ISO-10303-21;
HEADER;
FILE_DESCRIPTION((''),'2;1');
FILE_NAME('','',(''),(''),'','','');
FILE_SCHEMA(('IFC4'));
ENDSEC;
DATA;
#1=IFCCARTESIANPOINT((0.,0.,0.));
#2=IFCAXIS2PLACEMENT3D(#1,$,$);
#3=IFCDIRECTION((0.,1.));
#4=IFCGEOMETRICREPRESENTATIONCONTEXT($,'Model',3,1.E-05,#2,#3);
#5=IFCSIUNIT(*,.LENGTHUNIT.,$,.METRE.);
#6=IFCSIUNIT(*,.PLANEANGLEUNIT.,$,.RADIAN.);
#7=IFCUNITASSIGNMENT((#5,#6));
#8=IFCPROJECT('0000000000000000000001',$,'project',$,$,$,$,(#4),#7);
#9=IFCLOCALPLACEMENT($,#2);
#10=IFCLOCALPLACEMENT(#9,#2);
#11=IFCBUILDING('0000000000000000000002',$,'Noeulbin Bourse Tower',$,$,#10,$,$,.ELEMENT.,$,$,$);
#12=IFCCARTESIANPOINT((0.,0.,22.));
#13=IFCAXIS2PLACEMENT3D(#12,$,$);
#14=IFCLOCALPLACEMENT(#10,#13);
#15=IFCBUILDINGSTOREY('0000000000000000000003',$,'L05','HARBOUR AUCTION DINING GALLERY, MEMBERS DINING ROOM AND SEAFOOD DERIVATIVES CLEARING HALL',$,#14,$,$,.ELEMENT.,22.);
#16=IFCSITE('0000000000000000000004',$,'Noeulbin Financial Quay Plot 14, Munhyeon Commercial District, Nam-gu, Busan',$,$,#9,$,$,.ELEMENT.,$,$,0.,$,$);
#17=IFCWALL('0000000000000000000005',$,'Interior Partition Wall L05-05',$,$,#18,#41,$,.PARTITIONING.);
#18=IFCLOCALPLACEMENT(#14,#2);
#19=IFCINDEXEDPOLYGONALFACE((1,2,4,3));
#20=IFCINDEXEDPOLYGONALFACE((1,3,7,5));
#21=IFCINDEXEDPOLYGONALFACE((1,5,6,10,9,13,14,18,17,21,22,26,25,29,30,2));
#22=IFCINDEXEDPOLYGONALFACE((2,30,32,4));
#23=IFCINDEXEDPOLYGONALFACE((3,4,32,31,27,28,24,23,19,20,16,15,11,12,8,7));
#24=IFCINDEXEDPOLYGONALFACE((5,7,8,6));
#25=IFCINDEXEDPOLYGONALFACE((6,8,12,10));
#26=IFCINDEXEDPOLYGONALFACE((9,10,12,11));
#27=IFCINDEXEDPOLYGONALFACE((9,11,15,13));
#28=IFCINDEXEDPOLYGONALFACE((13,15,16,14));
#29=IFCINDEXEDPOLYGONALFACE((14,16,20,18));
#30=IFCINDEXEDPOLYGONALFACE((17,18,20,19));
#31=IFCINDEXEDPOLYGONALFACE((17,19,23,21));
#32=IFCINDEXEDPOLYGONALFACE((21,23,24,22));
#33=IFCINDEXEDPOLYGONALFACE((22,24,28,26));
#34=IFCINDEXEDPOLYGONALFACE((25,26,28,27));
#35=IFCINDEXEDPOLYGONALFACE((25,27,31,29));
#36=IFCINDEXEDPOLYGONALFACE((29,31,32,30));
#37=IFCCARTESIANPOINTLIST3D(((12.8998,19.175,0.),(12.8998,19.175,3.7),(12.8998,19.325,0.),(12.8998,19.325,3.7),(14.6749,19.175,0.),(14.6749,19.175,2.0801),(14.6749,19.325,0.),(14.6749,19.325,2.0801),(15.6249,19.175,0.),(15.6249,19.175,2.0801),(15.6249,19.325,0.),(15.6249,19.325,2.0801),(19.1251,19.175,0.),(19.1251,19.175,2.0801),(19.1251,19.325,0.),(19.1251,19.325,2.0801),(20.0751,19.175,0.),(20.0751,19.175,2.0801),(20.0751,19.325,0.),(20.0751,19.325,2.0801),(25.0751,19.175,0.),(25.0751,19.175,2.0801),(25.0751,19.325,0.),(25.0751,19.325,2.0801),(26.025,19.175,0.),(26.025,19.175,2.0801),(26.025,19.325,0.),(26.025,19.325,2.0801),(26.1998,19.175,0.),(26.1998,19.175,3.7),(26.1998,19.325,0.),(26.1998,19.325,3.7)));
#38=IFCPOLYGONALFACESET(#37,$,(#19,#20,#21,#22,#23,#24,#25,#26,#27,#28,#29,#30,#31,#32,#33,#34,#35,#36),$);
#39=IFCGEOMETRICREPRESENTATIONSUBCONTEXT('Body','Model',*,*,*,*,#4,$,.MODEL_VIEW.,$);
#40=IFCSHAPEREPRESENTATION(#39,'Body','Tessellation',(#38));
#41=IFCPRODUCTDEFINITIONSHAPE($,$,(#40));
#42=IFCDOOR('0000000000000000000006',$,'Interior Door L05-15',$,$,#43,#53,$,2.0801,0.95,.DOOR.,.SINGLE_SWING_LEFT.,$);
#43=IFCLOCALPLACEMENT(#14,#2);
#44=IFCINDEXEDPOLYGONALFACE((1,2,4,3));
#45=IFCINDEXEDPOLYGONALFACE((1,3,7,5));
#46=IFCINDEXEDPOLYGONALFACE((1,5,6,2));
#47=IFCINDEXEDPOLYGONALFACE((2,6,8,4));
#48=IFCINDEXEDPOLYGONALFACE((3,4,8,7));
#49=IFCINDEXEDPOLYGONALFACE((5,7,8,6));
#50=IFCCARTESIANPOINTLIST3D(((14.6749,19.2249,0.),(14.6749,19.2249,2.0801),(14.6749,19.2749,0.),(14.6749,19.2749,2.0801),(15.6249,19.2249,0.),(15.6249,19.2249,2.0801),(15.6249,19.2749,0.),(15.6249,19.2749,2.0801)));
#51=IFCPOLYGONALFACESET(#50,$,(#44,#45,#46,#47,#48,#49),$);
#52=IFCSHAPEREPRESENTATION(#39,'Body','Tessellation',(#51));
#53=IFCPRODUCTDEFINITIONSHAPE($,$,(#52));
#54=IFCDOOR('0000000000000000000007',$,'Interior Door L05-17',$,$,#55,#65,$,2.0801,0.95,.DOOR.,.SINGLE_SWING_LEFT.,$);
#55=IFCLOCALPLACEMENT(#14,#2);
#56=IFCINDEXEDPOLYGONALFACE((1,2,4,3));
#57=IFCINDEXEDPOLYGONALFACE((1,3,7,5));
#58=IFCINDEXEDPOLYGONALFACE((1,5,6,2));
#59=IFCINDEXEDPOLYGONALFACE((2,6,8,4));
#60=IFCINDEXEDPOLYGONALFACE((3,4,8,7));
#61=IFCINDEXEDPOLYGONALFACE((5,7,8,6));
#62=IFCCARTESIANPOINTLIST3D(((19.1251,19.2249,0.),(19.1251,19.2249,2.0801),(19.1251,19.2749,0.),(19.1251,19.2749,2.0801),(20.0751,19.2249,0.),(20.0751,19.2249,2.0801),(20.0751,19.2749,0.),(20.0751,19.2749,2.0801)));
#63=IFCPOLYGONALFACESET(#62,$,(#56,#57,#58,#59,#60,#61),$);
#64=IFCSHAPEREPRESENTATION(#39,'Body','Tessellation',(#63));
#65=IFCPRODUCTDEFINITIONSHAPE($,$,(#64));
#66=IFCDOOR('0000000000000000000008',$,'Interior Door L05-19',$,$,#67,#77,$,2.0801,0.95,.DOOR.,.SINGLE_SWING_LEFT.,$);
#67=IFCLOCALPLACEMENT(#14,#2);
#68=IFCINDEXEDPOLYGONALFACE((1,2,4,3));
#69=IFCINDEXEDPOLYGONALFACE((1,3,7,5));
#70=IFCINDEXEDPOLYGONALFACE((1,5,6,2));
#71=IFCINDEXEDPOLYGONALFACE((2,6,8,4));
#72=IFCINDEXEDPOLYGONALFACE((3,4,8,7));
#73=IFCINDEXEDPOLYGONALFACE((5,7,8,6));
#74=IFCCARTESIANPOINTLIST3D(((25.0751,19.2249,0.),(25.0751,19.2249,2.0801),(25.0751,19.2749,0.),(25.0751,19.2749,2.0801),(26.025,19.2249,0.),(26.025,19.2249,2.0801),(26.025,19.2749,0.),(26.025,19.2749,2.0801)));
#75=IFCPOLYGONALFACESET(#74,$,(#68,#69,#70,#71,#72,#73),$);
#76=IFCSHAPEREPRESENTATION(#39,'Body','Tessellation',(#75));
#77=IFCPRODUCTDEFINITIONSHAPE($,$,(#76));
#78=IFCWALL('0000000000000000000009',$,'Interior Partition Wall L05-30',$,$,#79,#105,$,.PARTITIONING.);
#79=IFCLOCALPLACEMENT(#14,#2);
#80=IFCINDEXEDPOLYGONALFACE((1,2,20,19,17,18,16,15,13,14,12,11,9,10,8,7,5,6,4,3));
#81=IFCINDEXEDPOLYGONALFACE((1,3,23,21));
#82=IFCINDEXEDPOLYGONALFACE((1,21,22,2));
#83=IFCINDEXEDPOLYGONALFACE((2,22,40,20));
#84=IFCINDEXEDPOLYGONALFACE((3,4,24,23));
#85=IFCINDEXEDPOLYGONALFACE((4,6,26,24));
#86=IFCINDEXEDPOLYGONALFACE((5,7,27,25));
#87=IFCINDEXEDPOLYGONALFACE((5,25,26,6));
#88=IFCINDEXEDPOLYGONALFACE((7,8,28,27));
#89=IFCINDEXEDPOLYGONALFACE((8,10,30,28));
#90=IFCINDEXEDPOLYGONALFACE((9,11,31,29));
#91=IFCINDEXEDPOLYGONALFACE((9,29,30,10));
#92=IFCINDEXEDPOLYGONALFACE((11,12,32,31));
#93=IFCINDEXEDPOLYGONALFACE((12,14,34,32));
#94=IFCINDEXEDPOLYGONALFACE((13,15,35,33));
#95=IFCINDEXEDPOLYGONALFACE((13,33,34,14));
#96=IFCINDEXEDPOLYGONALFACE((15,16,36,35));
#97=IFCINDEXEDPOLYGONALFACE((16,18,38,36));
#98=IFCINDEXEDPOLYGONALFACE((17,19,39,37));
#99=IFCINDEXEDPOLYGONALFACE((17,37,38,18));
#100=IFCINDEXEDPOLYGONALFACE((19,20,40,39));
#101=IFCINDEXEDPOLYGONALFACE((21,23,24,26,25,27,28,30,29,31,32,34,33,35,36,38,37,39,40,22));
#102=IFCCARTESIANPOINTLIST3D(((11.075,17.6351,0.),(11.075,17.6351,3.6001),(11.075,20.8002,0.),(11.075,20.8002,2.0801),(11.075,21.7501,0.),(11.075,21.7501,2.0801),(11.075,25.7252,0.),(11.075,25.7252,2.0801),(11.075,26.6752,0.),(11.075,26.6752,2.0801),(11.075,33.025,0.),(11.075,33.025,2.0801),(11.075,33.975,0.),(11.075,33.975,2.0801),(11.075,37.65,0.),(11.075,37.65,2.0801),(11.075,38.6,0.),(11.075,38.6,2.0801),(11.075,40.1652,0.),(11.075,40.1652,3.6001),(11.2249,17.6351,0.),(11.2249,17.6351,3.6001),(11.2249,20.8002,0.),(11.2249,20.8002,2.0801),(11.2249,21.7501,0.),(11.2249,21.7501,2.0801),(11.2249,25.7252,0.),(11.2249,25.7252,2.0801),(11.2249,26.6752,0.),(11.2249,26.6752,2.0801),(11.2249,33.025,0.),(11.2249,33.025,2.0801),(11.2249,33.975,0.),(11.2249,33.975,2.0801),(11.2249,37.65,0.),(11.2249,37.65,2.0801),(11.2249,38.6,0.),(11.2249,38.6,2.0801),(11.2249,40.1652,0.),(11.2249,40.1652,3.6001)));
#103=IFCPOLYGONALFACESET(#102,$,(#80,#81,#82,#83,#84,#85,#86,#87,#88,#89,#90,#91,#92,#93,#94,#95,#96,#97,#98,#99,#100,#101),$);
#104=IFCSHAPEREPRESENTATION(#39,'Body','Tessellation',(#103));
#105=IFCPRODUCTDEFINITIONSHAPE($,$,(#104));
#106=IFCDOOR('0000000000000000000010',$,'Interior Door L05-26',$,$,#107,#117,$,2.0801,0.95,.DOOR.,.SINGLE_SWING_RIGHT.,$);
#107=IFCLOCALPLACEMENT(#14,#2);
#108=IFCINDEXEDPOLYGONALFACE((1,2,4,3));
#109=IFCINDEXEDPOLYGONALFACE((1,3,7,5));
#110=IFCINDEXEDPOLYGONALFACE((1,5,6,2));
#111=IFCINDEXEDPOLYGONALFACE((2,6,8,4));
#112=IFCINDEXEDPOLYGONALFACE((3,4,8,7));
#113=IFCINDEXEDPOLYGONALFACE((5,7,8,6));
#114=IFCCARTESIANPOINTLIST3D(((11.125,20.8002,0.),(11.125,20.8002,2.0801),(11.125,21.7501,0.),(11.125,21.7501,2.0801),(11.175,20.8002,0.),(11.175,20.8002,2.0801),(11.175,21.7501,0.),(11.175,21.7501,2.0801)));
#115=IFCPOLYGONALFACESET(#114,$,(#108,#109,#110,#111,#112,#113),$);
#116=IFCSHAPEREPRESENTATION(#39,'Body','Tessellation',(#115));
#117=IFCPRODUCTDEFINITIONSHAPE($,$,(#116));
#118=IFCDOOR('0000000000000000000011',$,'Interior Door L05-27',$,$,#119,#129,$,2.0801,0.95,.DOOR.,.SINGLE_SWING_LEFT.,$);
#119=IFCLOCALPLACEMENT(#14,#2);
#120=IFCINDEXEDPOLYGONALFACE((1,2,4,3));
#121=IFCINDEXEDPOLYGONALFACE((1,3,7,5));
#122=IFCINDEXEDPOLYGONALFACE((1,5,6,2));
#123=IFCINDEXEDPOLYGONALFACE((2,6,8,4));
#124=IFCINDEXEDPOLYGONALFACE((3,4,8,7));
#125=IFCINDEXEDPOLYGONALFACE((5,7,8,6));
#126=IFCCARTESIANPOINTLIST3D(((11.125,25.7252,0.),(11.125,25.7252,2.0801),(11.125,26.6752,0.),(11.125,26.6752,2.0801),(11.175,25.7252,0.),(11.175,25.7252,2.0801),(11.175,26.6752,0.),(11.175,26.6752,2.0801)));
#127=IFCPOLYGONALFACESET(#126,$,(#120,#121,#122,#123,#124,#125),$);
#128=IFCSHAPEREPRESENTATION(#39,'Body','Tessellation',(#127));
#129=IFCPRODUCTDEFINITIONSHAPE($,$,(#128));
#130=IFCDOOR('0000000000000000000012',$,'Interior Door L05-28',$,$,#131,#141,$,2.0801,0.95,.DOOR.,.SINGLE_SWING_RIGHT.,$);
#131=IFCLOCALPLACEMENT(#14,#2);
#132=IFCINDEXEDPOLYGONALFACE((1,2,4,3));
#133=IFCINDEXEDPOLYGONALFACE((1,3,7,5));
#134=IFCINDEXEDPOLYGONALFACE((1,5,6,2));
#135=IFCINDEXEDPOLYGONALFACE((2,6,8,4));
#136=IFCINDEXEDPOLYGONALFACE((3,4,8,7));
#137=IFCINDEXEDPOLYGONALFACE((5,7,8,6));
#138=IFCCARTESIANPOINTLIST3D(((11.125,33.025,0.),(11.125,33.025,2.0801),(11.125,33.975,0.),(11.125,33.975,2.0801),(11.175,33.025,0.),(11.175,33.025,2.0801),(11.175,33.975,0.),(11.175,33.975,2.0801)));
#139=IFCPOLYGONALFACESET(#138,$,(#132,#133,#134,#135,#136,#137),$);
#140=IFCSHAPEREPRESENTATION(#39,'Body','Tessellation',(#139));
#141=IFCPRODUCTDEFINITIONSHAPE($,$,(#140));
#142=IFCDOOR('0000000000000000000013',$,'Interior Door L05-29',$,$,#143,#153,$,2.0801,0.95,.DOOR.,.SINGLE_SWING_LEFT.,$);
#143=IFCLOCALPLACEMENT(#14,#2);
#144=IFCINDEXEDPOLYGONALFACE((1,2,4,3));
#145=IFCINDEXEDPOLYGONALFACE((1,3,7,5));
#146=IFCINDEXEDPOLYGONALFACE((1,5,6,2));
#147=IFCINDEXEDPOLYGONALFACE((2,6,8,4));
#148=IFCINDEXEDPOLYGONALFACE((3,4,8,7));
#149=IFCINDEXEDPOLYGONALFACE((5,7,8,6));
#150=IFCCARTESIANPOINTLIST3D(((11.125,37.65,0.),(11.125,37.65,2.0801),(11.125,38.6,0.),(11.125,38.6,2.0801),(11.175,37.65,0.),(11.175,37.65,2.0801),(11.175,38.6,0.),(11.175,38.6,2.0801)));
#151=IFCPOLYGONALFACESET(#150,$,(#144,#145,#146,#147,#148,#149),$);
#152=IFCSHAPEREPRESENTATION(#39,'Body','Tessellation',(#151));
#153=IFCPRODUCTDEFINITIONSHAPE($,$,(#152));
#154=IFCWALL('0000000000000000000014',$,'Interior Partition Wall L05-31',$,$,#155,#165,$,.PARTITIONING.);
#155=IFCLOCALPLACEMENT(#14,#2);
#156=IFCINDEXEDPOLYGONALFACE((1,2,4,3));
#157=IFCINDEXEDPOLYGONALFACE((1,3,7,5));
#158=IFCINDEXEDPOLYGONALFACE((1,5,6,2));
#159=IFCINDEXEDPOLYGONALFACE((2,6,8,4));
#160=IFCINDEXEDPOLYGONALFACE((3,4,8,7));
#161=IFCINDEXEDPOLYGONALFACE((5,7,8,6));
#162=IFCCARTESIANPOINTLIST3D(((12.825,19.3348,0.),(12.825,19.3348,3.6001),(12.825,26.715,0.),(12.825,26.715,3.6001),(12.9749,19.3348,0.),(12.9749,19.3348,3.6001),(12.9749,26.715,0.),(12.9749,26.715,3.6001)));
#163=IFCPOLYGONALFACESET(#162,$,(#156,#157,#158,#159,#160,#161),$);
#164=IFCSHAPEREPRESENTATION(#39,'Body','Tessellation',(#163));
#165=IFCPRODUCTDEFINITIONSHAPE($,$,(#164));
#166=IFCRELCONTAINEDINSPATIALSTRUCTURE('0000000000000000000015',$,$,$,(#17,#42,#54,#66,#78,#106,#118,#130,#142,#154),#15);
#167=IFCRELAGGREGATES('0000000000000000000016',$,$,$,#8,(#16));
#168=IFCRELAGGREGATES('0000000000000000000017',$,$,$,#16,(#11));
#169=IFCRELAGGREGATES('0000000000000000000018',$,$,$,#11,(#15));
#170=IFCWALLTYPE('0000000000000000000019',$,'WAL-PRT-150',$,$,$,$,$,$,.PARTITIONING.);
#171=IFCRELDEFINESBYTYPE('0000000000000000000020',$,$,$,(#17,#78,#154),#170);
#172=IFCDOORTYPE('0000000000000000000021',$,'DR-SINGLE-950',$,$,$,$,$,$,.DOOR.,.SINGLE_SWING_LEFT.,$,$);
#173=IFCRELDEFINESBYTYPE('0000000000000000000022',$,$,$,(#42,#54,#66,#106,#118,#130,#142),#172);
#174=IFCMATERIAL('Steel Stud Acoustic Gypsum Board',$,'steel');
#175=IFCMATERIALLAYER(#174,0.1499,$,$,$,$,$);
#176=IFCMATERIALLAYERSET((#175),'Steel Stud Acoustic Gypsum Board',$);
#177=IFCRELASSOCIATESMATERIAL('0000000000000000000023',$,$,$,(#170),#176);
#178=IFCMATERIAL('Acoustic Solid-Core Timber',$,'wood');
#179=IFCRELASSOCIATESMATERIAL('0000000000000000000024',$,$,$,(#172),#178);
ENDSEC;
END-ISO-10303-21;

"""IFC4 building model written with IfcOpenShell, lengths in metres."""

from ifc_helpers import new_model, si_unit, direction, frame, frame_2d, origin, place, context, subcontext, project, spatial, rectangle, extrude, material, layer, layer_set, type_object, element, fill, save


model = new_model("IFC4")

# Units and contexts
model_context = context("Model", 3, precision=1e-05, world=origin(), true_north=direction((0.0, 1.0)))
body_context = subcontext(model_context, "Body", "Model", "MODEL_VIEW")
ifc_project = project(units=[si_unit("LENGTHUNIT", "METRE"), si_unit("PLANEANGLEUNIT", "RADIAN")], contexts=[model_context])

# Site, building, storey
site_placement = place(None, origin())
site = spatial("IfcSite", under=ifc_project, at=site_placement, Name="Noeulbin Financial Quay Plot 14, Munhyeon Commercial District, Nam-gu, Busan", CompositionType="ELEMENT", RefElevation=0.0)
building_placement = place(site_placement, origin())
building = spatial("IfcBuilding", under=site, at=building_placement, Name="Noeulbin Bourse Tower", CompositionType="ELEMENT")
storey_placement = place(building_placement, frame((0.0, 0.0, 22.0)))
storey = spatial("IfcBuildingStorey", under=building, at=storey_placement, Name="L05", Description="HARBOUR AUCTION DINING GALLERY, MEMBERS DINING ROOM AND SEAFOOD DERIVATIVES CLEARING HALL", CompositionType="ELEMENT", Elevation=22.0)

# Walls, openings, doors
ifc_material_1 = material(Name="Steel Stud Acoustic Gypsum Board", Category="steel")
ifc_layer_1 = layer(ifc_material_1, 0.1499)
ifc_layer_set_1 = layer_set([ifc_layer_1], Name="Steel Stud Acoustic Gypsum Board")
wall_type_1 = type_object("IfcWallType", Name="WAL-PRT-150", PredefinedType="PARTITIONING", material=ifc_layer_set_1)
ifc_material_2 = material(Name="Acoustic Solid-Core Timber", Category="wood")
door_type = type_object("IfcDoorType", Name="DR-SINGLE-950", OperationType="SINGLE_SWING_LEFT", PredefinedType="DOOR", material=ifc_material_2)
wall_1_placement = place(storey_placement, frame((12.8999, 19.25, 0.0), z_axis=(0.0, 0.0, 1.0), x_axis=(1.0, 0.0, 0.0)))
wall_1 = element("IfcWall", 1, at=wall_1_placement, inside=storey, type_object=wall_type_1, Name="Interior Partition Wall L05-05", PredefinedType="PARTITIONING", context=body_context, shape_type="SweptSolid", body=[
    extrude(rectangle(XDim=13.3, YDim=0.1499, at=frame_2d((6.6499, 0.0))), origin(), (0.0, 0.0, 1.0), 3.7),
])
opening_1_placement = place(wall_1_placement, frame((1.7749, 0.0, 0.0)))
opening_1 = element("IfcOpeningElement", 2, at=opening_1_placement, cuts=wall_1, PredefinedType="OPENING", context=body_context, shape_type="SweptSolid", body=[
    extrude(rectangle(XDim=0.95, YDim=2.0801, at=frame_2d((0.4751, 1.04))), frame((0.0, 0.085, 0.0), z_axis=(0.0, -1.0, 0.0), x_axis=(1.0, 0.0, 0.0)), (0.0, 0.0, 1.0), 0.1699),
])
opening_2_placement = place(wall_1_placement, frame((6.2251, 0.0, 0.0)))
opening_2 = element("IfcOpeningElement", 3, at=opening_2_placement, cuts=wall_1, PredefinedType="OPENING", context=body_context, shape_type="SweptSolid", body=[
    extrude(rectangle(XDim=0.95, YDim=2.0801, at=frame_2d((0.4751, 1.04))), frame((0.0, 0.085, 0.0), z_axis=(0.0, -1.0, 0.0), x_axis=(1.0, 0.0, 0.0)), (0.0, 0.0, 1.0), 0.1699),
])
opening_3_placement = place(wall_1_placement, frame((12.175, 0.0, 0.0)))
opening_3 = element("IfcOpeningElement", 4, at=opening_3_placement, cuts=wall_1, PredefinedType="OPENING", context=body_context, shape_type="SweptSolid", body=[
    extrude(rectangle(XDim=0.95, YDim=2.0801, at=frame_2d((0.4751, 1.04))), frame((0.0, 0.085, 0.0), z_axis=(0.0, -1.0, 0.0), x_axis=(1.0, 0.0, 0.0)), (0.0, 0.0, 1.0), 0.1699),
])
door_1_placement = place(opening_1_placement, origin())
door_1 = element("IfcDoor", 5, at=door_1_placement, inside=storey, type_object=door_type, Name="Interior Door L05-15", OperationType="SINGLE_SWING_LEFT", OverallHeight=2.0801, OverallWidth=0.95, PredefinedType="DOOR", context=body_context, shape_type="SweptSolid", body=[
    extrude(rectangle(XDim=0.95, YDim=2.0801, at=frame_2d((0.4751, 1.04))), frame((0.0, 0.0249, 0.0), z_axis=(0.0, -1.0, 0.0), x_axis=(1.0, 0.0, 0.0)), (0.0, 0.0, 1.0), 0.05),
])
fill(opening_1, door_1)
door_2_placement = place(opening_2_placement, origin())
door_2 = element("IfcDoor", 6, at=door_2_placement, inside=storey, type_object=door_type, Name="Interior Door L05-17", OperationType="SINGLE_SWING_LEFT", OverallHeight=2.0801, OverallWidth=0.95, PredefinedType="DOOR", context=body_context, shape_type="SweptSolid", body=[
    extrude(rectangle(XDim=0.95, YDim=2.0801, at=frame_2d((0.4751, 1.04))), frame((0.0, 0.0249, 0.0), z_axis=(0.0, -1.0, 0.0), x_axis=(1.0, 0.0, 0.0)), (0.0, 0.0, 1.0), 0.05),
])
fill(opening_2, door_2)
door_3_placement = place(opening_3_placement, origin())
door_3 = element("IfcDoor", 7, at=door_3_placement, inside=storey, type_object=door_type, Name="Interior Door L05-19", OperationType="SINGLE_SWING_LEFT", OverallHeight=2.0801, OverallWidth=0.95, PredefinedType="DOOR", context=body_context, shape_type="SweptSolid", body=[
    extrude(rectangle(XDim=0.95, YDim=2.0801, at=frame_2d((0.4751, 1.04))), frame((0.0, 0.0249, 0.0), z_axis=(0.0, -1.0, 0.0), x_axis=(1.0, 0.0, 0.0)), (0.0, 0.0, 1.0), 0.05),
])
fill(opening_3, door_3)
wall_2_placement = place(storey_placement, frame((11.1499, 17.635, 0.0), z_axis=(0.0, 0.0, 1.0), x_axis=(0.0, 1.0, 0.0)))
wall_2 = element("IfcWall", 8, at=wall_2_placement, inside=storey, type_object=wall_type_1, Name="Interior Partition Wall L05-30", PredefinedType="PARTITIONING", context=body_context, shape_type="SweptSolid", body=[
    extrude(rectangle(XDim=22.53, YDim=0.1499, at=frame_2d((11.2651, 0.0))), origin(), (0.0, 0.0, 1.0), 3.6001),
])
opening_4_placement = place(wall_2_placement, frame((3.165, 0.0, 0.0)))
opening_4 = element("IfcOpeningElement", 9, at=opening_4_placement, cuts=wall_2, PredefinedType="OPENING", context=body_context, shape_type="SweptSolid", body=[
    extrude(rectangle(XDim=0.95, YDim=2.0801, at=frame_2d((0.4751, 1.04))), frame((0.0, 0.085, 0.0), z_axis=(0.0, -1.0, 0.0), x_axis=(1.0, 0.0, 0.0)), (0.0, 0.0, 1.0), 0.1699),
])
opening_5_placement = place(wall_2_placement, frame((8.0901, 0.0, 0.0)))
opening_5 = element("IfcOpeningElement", 10, at=opening_5_placement, cuts=wall_2, PredefinedType="OPENING", context=body_context, shape_type="SweptSolid", body=[
    extrude(rectangle(XDim=0.95, YDim=2.0801, at=frame_2d((0.4751, 1.04))), frame((0.0, 0.085, 0.0), z_axis=(0.0, -1.0, 0.0), x_axis=(1.0, 0.0, 0.0)), (0.0, 0.0, 1.0), 0.1699),
])
opening_6_placement = place(wall_2_placement, frame((15.3899, 0.0, 0.0)))
opening_6 = element("IfcOpeningElement", 11, at=opening_6_placement, cuts=wall_2, PredefinedType="OPENING", context=body_context, shape_type="SweptSolid", body=[
    extrude(rectangle(XDim=0.95, YDim=2.0801, at=frame_2d((0.4751, 1.04))), frame((0.0, 0.085, 0.0), z_axis=(0.0, -1.0, 0.0), x_axis=(1.0, 0.0, 0.0)), (0.0, 0.0, 1.0), 0.1699),
])
opening_7_placement = place(wall_2_placement, frame((20.0149, 0.0, 0.0)))
opening_7 = element("IfcOpeningElement", 12, at=opening_7_placement, cuts=wall_2, PredefinedType="OPENING", context=body_context, shape_type="SweptSolid", body=[
    extrude(rectangle(XDim=0.95, YDim=2.0801, at=frame_2d((0.4751, 1.04))), frame((0.0, 0.085, 0.0), z_axis=(0.0, -1.0, 0.0), x_axis=(1.0, 0.0, 0.0)), (0.0, 0.0, 1.0), 0.1699),
])
door_4_placement = place(opening_4_placement, origin())
door_4 = element("IfcDoor", 13, at=door_4_placement, inside=storey, type_object=door_type, Name="Interior Door L05-26", OperationType="SINGLE_SWING_RIGHT", OverallHeight=2.0801, OverallWidth=0.95, PredefinedType="DOOR", context=body_context, shape_type="SweptSolid", body=[
    extrude(rectangle(XDim=0.95, YDim=2.0801, at=frame_2d((0.4751, 1.04))), frame((0.0, 0.0249, 0.0), z_axis=(0.0, -1.0, 0.0), x_axis=(1.0, 0.0, 0.0)), (0.0, 0.0, 1.0), 0.05),
])
fill(opening_4, door_4)
door_5_placement = place(opening_5_placement, origin())
door_5 = element("IfcDoor", 14, at=door_5_placement, inside=storey, type_object=door_type, Name="Interior Door L05-27", OperationType="SINGLE_SWING_LEFT", OverallHeight=2.0801, OverallWidth=0.95, PredefinedType="DOOR", context=body_context, shape_type="SweptSolid", body=[
    extrude(rectangle(XDim=0.95, YDim=2.0801, at=frame_2d((0.4751, 1.04))), frame((0.0, 0.0249, 0.0), z_axis=(0.0, -1.0, 0.0), x_axis=(1.0, 0.0, 0.0)), (0.0, 0.0, 1.0), 0.05),
])
fill(opening_5, door_5)
door_6_placement = place(opening_6_placement, origin())
door_6 = element("IfcDoor", 15, at=door_6_placement, inside=storey, type_object=door_type, Name="Interior Door L05-28", OperationType="SINGLE_SWING_RIGHT", OverallHeight=2.0801, OverallWidth=0.95, PredefinedType="DOOR", context=body_context, shape_type="SweptSolid", body=[
    extrude(rectangle(XDim=0.95, YDim=2.0801, at=frame_2d((0.4751, 1.04))), frame((0.0, 0.0249, 0.0), z_axis=(0.0, -1.0, 0.0), x_axis=(1.0, 0.0, 0.0)), (0.0, 0.0, 1.0), 0.05),
])
fill(opening_6, door_6)
door_7_placement = place(opening_7_placement, origin())
door_7 = element("IfcDoor", 16, at=door_7_placement, inside=storey, type_object=door_type, Name="Interior Door L05-29", OperationType="SINGLE_SWING_LEFT", OverallHeight=2.0801, OverallWidth=0.95, PredefinedType="DOOR", context=body_context, shape_type="SweptSolid", body=[
    extrude(rectangle(XDim=0.95, YDim=2.0801, at=frame_2d((0.4751, 1.04))), frame((0.0, 0.0249, 0.0), z_axis=(0.0, -1.0, 0.0), x_axis=(1.0, 0.0, 0.0)), (0.0, 0.0, 1.0), 0.05),
])
fill(opening_7, door_7)

# Wall
wall_3_placement = place(storey_placement, frame((12.8999, 19.335, 0.0), z_axis=(0.0, 0.0, 1.0), x_axis=(0.0, 1.0, 0.0)))
element("IfcWall", 17, at=wall_3_placement, inside=storey, type_object=wall_type_1, Name="Interior Partition Wall L05-31", PredefinedType="PARTITIONING", context=body_context, shape_type="SweptSolid", body=[
    extrude(rectangle(XDim=7.3801, YDim=0.1499, at=frame_2d((3.6899, 0.0))), origin(), (0.0, 0.0, 1.0), 3.6001),
])

save(model, "model.ifc")
